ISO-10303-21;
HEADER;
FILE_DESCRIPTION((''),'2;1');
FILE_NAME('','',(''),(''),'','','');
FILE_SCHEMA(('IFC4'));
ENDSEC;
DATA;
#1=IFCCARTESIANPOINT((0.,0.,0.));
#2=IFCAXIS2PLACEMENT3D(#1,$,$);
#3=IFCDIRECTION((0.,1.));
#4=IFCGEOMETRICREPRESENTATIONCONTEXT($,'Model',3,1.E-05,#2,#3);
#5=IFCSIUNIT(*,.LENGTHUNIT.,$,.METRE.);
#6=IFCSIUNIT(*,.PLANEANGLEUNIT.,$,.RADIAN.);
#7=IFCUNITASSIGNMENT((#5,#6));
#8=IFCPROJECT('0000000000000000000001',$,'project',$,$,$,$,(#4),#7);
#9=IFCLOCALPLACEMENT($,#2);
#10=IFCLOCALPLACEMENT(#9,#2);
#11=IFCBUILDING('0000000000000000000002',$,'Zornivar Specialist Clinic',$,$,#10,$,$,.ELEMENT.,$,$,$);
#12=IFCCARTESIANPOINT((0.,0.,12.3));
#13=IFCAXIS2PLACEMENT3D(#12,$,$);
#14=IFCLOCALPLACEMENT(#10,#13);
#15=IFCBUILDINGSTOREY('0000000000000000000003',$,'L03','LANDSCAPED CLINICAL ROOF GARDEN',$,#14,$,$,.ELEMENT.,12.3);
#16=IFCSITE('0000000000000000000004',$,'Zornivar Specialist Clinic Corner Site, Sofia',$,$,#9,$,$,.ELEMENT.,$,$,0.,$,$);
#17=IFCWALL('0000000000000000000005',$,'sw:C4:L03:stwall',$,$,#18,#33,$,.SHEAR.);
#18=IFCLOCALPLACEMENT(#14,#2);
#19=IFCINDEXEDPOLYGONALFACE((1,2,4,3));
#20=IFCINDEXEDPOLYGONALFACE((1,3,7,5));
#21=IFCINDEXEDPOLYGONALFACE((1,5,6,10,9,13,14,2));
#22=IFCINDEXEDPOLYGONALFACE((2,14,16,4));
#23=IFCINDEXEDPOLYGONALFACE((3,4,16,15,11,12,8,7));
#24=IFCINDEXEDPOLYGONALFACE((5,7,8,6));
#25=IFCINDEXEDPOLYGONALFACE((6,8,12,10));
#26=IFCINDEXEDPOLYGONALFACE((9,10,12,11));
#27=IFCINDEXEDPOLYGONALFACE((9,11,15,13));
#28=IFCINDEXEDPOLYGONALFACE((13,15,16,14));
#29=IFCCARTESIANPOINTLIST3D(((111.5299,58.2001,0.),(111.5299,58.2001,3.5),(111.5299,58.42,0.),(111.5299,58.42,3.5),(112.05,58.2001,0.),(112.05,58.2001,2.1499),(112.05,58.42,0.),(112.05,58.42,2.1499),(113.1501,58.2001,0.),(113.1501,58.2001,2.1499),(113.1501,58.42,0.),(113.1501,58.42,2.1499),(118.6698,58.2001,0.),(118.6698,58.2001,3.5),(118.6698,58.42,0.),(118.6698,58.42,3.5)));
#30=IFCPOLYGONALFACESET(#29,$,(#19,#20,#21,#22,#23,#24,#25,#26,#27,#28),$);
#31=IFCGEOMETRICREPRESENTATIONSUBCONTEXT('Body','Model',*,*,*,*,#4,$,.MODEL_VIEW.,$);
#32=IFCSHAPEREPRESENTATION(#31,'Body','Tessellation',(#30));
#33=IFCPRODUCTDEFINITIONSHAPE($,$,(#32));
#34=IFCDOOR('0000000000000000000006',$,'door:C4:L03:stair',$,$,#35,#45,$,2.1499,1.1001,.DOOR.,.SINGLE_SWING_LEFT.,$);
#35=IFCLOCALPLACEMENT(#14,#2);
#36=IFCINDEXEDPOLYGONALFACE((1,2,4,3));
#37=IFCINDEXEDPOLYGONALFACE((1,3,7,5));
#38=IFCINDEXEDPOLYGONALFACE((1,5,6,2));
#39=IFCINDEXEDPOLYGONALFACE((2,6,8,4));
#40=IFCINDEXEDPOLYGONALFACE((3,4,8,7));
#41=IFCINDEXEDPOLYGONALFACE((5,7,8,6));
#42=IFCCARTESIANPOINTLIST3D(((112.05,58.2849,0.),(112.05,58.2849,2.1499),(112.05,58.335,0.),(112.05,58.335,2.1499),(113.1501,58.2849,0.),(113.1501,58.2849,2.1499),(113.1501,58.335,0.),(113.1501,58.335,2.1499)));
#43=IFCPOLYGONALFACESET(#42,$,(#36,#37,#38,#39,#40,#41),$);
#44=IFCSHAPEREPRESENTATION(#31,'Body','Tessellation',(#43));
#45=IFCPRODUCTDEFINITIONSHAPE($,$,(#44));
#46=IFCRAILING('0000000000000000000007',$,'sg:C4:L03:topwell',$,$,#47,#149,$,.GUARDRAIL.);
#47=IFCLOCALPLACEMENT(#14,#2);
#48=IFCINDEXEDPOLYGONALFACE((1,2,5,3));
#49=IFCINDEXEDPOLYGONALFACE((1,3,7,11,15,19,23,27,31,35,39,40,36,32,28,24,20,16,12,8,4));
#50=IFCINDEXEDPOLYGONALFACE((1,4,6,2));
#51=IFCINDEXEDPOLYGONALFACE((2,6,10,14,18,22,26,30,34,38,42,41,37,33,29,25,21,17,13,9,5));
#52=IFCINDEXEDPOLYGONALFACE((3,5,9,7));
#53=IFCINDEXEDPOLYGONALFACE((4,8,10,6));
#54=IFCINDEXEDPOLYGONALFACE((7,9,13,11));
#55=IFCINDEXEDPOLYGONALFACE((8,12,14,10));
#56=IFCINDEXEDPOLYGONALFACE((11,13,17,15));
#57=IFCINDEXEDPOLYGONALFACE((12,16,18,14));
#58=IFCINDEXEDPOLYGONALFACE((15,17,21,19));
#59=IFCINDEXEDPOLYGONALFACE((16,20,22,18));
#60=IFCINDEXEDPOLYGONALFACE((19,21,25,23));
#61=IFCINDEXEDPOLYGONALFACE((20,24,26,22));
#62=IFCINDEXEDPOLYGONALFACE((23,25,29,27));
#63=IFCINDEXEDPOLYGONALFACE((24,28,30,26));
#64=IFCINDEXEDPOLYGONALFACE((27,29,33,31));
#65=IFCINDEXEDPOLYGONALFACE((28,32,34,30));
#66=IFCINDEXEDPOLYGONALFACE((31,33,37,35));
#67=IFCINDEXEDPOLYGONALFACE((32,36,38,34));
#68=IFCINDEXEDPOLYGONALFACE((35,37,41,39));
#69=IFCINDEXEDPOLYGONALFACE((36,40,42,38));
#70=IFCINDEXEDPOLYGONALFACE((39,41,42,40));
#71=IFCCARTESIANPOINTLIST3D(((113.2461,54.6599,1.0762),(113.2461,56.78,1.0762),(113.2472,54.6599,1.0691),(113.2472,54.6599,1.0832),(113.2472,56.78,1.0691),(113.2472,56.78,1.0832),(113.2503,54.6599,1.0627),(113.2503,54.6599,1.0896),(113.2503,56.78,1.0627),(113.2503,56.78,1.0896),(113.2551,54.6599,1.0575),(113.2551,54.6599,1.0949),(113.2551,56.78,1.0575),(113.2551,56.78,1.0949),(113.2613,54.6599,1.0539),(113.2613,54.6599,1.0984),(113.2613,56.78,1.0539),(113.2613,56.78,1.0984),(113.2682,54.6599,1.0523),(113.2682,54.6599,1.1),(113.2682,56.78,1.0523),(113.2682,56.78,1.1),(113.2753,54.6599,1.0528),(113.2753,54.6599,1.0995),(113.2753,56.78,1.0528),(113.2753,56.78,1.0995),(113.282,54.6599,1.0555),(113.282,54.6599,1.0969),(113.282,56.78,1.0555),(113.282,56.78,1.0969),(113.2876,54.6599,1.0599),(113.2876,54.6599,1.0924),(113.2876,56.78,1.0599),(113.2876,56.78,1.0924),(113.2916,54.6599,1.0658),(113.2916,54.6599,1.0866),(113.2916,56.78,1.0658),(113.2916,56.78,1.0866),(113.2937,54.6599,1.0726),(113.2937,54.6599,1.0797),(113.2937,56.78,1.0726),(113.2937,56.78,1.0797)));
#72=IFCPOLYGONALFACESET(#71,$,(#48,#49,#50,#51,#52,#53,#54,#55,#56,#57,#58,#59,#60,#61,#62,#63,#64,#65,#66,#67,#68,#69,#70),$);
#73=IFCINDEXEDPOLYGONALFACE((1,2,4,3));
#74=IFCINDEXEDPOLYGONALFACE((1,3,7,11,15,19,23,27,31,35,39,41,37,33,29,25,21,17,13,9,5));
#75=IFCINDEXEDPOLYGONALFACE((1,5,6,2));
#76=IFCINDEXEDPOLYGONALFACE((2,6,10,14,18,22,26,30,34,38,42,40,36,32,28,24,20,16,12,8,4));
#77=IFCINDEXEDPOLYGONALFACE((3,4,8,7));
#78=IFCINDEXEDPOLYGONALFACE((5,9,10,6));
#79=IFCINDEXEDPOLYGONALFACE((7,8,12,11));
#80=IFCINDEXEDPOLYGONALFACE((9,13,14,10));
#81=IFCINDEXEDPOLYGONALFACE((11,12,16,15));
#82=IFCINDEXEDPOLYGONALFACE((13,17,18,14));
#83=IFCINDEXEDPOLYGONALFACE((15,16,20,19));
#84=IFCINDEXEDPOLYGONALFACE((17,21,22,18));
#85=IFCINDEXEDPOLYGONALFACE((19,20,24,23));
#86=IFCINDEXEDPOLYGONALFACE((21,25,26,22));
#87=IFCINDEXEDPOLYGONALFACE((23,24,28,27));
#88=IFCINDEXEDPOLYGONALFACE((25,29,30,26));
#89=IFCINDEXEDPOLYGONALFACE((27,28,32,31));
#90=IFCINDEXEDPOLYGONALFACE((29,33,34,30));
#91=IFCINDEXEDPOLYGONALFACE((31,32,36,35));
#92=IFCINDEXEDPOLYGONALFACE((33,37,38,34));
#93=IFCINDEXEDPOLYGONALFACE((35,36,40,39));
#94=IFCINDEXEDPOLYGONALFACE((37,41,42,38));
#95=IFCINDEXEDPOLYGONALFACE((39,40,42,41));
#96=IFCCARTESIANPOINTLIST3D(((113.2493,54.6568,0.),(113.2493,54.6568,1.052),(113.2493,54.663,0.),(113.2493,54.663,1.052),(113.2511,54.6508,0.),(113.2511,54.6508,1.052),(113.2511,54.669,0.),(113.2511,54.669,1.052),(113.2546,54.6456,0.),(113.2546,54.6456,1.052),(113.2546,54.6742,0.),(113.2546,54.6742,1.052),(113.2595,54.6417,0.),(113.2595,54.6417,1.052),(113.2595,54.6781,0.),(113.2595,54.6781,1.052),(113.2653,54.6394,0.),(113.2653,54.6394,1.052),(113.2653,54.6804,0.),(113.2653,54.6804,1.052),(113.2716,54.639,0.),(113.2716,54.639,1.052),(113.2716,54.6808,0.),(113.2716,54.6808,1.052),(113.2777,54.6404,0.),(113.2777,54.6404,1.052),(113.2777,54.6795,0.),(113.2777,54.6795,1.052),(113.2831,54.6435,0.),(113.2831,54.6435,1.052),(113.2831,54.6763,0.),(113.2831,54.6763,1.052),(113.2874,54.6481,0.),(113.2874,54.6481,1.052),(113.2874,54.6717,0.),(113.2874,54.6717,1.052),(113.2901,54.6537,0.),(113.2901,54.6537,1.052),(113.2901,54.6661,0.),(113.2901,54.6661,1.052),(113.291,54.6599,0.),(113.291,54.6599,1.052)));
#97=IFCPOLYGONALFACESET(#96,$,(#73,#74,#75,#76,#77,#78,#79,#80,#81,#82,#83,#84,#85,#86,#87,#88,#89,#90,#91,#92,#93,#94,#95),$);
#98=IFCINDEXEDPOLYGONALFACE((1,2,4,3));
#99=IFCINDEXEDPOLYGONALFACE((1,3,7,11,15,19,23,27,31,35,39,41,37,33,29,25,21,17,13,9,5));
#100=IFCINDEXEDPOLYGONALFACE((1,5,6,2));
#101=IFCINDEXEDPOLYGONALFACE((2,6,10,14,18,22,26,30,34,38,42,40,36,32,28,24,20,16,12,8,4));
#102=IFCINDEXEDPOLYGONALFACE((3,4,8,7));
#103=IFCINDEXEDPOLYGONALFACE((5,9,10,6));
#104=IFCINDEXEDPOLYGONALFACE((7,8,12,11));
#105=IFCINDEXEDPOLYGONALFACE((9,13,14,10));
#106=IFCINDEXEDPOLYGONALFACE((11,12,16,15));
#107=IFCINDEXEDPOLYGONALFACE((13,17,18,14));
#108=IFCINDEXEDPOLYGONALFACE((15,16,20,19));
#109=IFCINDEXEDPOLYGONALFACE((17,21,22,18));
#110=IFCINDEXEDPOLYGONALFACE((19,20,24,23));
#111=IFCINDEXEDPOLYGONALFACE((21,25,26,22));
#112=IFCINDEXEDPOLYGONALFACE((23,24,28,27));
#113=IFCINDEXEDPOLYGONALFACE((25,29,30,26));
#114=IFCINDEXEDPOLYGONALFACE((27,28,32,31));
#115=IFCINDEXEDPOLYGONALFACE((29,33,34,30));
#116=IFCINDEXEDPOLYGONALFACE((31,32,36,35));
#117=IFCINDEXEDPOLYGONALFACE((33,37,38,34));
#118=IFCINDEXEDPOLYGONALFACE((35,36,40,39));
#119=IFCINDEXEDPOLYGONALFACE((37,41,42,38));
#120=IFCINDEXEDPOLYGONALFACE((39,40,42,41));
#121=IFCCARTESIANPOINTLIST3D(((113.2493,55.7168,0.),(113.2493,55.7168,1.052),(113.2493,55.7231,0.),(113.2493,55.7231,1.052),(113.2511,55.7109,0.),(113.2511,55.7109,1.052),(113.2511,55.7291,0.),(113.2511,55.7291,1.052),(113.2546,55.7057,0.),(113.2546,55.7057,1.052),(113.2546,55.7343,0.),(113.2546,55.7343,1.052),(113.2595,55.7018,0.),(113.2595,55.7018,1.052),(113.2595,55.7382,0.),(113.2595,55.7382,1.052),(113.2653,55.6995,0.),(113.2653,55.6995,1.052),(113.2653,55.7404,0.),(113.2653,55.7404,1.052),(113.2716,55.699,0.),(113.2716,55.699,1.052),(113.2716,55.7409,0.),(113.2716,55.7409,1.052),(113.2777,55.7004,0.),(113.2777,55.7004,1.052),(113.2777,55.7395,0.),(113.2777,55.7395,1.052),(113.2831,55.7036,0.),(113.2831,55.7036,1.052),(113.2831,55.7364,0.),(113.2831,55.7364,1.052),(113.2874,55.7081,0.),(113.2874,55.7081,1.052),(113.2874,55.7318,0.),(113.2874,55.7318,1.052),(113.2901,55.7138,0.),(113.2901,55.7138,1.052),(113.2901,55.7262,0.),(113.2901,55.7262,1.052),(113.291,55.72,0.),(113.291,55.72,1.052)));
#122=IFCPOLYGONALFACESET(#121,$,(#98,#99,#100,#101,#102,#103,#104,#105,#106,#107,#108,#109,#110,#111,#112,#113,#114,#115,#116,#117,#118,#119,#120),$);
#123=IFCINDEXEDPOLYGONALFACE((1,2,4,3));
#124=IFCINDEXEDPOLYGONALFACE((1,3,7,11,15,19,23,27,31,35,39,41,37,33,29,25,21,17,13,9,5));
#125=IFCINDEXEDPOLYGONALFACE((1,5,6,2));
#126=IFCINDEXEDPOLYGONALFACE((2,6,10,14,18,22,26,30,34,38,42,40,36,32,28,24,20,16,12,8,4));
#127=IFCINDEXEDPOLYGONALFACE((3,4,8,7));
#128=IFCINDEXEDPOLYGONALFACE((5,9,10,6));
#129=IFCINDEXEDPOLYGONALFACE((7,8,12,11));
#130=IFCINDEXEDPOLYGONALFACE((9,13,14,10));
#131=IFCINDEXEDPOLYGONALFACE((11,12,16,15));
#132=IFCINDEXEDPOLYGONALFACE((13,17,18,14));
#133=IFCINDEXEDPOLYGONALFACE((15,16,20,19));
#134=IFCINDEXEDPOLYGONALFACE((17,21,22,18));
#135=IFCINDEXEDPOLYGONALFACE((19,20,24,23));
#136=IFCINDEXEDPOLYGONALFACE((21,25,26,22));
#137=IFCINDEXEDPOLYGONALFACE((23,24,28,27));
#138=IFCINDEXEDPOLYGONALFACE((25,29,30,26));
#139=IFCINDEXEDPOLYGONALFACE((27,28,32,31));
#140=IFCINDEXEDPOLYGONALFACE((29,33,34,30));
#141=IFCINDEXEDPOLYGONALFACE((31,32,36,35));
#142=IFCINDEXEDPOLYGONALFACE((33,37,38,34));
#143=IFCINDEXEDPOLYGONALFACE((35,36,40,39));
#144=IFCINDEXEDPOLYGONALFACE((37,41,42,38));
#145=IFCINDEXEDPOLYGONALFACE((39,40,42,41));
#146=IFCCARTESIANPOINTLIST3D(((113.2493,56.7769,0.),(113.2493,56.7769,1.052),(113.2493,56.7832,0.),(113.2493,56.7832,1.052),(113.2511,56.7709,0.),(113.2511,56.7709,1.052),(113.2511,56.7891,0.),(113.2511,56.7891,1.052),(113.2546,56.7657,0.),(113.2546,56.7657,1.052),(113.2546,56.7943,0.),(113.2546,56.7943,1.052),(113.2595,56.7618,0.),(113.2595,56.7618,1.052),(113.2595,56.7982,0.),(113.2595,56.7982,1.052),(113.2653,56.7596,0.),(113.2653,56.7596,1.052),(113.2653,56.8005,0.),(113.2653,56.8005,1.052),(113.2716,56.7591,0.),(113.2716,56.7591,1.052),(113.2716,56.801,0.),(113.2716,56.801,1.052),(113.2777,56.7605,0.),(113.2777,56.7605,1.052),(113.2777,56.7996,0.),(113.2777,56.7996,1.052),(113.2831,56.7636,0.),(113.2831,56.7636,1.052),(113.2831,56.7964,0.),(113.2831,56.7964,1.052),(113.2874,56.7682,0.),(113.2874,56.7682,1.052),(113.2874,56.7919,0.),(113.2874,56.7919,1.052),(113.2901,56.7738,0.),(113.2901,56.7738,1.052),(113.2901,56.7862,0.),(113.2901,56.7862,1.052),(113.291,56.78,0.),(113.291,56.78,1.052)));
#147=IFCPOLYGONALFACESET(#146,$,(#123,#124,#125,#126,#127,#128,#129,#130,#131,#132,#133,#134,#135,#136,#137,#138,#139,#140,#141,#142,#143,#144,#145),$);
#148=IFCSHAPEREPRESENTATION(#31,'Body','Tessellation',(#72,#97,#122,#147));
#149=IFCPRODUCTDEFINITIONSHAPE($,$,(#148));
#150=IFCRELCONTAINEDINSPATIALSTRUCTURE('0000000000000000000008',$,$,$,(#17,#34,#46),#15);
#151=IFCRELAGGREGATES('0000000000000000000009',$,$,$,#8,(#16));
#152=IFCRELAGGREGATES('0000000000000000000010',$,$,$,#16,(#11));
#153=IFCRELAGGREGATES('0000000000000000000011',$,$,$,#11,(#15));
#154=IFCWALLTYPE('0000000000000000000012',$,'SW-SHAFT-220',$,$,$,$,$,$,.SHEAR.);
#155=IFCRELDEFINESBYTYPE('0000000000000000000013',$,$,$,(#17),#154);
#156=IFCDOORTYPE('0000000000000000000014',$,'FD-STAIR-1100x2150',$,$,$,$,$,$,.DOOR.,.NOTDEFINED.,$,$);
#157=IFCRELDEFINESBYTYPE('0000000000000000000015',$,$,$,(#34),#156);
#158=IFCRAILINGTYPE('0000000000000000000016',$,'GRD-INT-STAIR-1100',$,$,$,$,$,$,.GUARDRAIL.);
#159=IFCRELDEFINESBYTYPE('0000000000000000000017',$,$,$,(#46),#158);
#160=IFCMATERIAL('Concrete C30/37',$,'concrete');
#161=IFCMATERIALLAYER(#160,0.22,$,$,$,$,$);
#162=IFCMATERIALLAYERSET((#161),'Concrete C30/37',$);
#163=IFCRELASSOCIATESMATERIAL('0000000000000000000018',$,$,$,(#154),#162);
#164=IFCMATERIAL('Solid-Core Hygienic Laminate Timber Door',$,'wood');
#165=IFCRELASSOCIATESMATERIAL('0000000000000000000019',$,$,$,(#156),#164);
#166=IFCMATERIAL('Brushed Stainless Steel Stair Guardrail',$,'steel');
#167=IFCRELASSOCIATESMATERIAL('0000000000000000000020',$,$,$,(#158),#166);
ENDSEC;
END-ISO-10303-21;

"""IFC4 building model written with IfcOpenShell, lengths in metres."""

from ifc_helpers import new_model, si_unit, direction, frame, frame_2d, origin, origin_2d, place, context, subcontext, project, spatial, rectangle, circle, extrude, material, layer, layer_set, type_object, element, fill, save


model = new_model("IFC4")

# Units and contexts
model_context = context("Model", 3, precision=1e-05, world=origin(), true_north=direction((0.0, 1.0)))
body_context = subcontext(model_context, "Body", "Model", "MODEL_VIEW")
ifc_project = project(units=[si_unit("LENGTHUNIT", "METRE"), si_unit("PLANEANGLEUNIT", "RADIAN")], contexts=[model_context])

# Site, building, storey
site_placement = place(None, origin())
site = spatial("IfcSite", under=ifc_project, at=site_placement, Name="Zornivar Specialist Clinic Corner Site, Sofia", CompositionType="ELEMENT", RefElevation=0.0)
building_placement = place(site_placement, origin())
building = spatial("IfcBuilding", under=site, at=building_placement, Name="Zornivar Specialist Clinic", CompositionType="ELEMENT")
storey_placement = place(building_placement, frame((0.0, 0.0, 12.3)))
storey = spatial("IfcBuildingStorey", under=building, at=storey_placement, Name="L03", Description="LANDSCAPED CLINICAL ROOF GARDEN", CompositionType="ELEMENT", Elevation=12.3)

# Wall, opening, door
ifc_material_1 = material(Name="Concrete C30/37", Category="concrete")
ifc_layer_1 = layer(ifc_material_1, 0.22)
ifc_layer_set_1 = layer_set([ifc_layer_1], Name="Concrete C30/37")
wall_type_1 = type_object("IfcWallType", Name="SW-SHAFT-220", PredefinedType="SHEAR", material=ifc_layer_set_1)
wall_1_placement = place(storey_placement, frame((111.53, 58.3101, 0.0), z_axis=(0.0, 0.0, 1.0), x_axis=(1.0, 0.0, 0.0)))
wall_1 = element("IfcWall", 1, at=wall_1_placement, inside=storey, type_object=wall_type_1, Name="sw:C4:L03:stwall", PredefinedType="SHEAR", context=body_context, shape_type="SweptSolid", body=[
    extrude(rectangle(XDim=7.1399, YDim=0.22, at=frame_2d((3.5698, 0.0))), origin(), (0.0, 0.0, 1.0), 3.5),
])
opening_1_placement = place(wall_1_placement, frame((0.52, 0.0, 0.0)))
opening_1 = element("IfcOpeningElement", 2, at=opening_1_placement, cuts=wall_1, PredefinedType="OPENING", context=body_context, shape_type="SweptSolid", body=[
    extrude(rectangle(XDim=1.1001, YDim=2.1499, at=frame_2d((0.55, 1.075))), frame((0.0, 0.1199, 0.0), z_axis=(0.0, -1.0, 0.0), x_axis=(1.0, 0.0, 0.0)), (0.0, 0.0, 1.0), 0.24),
])
ifc_material_2 = material(Name="Solid-Core Hygienic Laminate Timber Door", Category="wood")
door_type_1 = type_object("IfcDoorType", Name="FD-STAIR-1100x2150", OperationType="NOTDEFINED", PredefinedType="DOOR", material=ifc_material_2)
door_1_placement = place(opening_1_placement, origin())
door_1 = element("IfcDoor", 3, at=door_1_placement, inside=storey, type_object=door_type_1, Name="door:C4:L03:stair", OperationType="SINGLE_SWING_LEFT", OverallHeight=2.1499, OverallWidth=1.1001, PredefinedType="DOOR", context=body_context, shape_type="SweptSolid", body=[
    extrude(rectangle(XDim=1.1001, YDim=2.1499, at=frame_2d((0.55, 1.075))), frame((0.0, 0.0249, 0.0), z_axis=(0.0, -1.0, 0.0), x_axis=(1.0, 0.0, 0.0)), (0.0, 0.0, 1.0), 0.05),
])
fill(opening_1, door_1)

# Railing
ifc_material_3 = material(Name="Brushed Stainless Steel Stair Guardrail", Category="steel")
railing_type = type_object("IfcRailingType", Name="GRD-INT-STAIR-1100", PredefinedType="GUARDRAIL", material=ifc_material_3)
railing_placement = place(storey_placement, frame((113.27, 54.6599, 0.0)))
element("IfcRailing", 4, at=railing_placement, inside=storey, type_object=railing_type, Name="sg:C4:L03:topwell", PredefinedType="GUARDRAIL", context=body_context, shape_type="SweptSolid", body=[
    extrude(circle(Radius=0.0239, at=origin_2d()), frame((0.0, 0.0, 1.0762), z_axis=(0.0, 1.0, 0.0), x_axis=(-1.0, 0.0, 0.0)), (0.0, 0.0, 1.0), 2.1201),
    extrude(circle(Radius=0.021, at=origin_2d()), origin(), (0.0, 0.0, 1.0), 1.052),
    extrude(circle(Radius=0.021, at=origin_2d()), frame((0.0, 1.0601, 0.0)), (0.0, 0.0, 1.0), 1.052),
    extrude(circle(Radius=0.021, at=origin_2d()), frame((0.0, 2.1201, 0.0)), (0.0, 0.0, 1.0), 1.052),
])

save(model, "model.ifc")
